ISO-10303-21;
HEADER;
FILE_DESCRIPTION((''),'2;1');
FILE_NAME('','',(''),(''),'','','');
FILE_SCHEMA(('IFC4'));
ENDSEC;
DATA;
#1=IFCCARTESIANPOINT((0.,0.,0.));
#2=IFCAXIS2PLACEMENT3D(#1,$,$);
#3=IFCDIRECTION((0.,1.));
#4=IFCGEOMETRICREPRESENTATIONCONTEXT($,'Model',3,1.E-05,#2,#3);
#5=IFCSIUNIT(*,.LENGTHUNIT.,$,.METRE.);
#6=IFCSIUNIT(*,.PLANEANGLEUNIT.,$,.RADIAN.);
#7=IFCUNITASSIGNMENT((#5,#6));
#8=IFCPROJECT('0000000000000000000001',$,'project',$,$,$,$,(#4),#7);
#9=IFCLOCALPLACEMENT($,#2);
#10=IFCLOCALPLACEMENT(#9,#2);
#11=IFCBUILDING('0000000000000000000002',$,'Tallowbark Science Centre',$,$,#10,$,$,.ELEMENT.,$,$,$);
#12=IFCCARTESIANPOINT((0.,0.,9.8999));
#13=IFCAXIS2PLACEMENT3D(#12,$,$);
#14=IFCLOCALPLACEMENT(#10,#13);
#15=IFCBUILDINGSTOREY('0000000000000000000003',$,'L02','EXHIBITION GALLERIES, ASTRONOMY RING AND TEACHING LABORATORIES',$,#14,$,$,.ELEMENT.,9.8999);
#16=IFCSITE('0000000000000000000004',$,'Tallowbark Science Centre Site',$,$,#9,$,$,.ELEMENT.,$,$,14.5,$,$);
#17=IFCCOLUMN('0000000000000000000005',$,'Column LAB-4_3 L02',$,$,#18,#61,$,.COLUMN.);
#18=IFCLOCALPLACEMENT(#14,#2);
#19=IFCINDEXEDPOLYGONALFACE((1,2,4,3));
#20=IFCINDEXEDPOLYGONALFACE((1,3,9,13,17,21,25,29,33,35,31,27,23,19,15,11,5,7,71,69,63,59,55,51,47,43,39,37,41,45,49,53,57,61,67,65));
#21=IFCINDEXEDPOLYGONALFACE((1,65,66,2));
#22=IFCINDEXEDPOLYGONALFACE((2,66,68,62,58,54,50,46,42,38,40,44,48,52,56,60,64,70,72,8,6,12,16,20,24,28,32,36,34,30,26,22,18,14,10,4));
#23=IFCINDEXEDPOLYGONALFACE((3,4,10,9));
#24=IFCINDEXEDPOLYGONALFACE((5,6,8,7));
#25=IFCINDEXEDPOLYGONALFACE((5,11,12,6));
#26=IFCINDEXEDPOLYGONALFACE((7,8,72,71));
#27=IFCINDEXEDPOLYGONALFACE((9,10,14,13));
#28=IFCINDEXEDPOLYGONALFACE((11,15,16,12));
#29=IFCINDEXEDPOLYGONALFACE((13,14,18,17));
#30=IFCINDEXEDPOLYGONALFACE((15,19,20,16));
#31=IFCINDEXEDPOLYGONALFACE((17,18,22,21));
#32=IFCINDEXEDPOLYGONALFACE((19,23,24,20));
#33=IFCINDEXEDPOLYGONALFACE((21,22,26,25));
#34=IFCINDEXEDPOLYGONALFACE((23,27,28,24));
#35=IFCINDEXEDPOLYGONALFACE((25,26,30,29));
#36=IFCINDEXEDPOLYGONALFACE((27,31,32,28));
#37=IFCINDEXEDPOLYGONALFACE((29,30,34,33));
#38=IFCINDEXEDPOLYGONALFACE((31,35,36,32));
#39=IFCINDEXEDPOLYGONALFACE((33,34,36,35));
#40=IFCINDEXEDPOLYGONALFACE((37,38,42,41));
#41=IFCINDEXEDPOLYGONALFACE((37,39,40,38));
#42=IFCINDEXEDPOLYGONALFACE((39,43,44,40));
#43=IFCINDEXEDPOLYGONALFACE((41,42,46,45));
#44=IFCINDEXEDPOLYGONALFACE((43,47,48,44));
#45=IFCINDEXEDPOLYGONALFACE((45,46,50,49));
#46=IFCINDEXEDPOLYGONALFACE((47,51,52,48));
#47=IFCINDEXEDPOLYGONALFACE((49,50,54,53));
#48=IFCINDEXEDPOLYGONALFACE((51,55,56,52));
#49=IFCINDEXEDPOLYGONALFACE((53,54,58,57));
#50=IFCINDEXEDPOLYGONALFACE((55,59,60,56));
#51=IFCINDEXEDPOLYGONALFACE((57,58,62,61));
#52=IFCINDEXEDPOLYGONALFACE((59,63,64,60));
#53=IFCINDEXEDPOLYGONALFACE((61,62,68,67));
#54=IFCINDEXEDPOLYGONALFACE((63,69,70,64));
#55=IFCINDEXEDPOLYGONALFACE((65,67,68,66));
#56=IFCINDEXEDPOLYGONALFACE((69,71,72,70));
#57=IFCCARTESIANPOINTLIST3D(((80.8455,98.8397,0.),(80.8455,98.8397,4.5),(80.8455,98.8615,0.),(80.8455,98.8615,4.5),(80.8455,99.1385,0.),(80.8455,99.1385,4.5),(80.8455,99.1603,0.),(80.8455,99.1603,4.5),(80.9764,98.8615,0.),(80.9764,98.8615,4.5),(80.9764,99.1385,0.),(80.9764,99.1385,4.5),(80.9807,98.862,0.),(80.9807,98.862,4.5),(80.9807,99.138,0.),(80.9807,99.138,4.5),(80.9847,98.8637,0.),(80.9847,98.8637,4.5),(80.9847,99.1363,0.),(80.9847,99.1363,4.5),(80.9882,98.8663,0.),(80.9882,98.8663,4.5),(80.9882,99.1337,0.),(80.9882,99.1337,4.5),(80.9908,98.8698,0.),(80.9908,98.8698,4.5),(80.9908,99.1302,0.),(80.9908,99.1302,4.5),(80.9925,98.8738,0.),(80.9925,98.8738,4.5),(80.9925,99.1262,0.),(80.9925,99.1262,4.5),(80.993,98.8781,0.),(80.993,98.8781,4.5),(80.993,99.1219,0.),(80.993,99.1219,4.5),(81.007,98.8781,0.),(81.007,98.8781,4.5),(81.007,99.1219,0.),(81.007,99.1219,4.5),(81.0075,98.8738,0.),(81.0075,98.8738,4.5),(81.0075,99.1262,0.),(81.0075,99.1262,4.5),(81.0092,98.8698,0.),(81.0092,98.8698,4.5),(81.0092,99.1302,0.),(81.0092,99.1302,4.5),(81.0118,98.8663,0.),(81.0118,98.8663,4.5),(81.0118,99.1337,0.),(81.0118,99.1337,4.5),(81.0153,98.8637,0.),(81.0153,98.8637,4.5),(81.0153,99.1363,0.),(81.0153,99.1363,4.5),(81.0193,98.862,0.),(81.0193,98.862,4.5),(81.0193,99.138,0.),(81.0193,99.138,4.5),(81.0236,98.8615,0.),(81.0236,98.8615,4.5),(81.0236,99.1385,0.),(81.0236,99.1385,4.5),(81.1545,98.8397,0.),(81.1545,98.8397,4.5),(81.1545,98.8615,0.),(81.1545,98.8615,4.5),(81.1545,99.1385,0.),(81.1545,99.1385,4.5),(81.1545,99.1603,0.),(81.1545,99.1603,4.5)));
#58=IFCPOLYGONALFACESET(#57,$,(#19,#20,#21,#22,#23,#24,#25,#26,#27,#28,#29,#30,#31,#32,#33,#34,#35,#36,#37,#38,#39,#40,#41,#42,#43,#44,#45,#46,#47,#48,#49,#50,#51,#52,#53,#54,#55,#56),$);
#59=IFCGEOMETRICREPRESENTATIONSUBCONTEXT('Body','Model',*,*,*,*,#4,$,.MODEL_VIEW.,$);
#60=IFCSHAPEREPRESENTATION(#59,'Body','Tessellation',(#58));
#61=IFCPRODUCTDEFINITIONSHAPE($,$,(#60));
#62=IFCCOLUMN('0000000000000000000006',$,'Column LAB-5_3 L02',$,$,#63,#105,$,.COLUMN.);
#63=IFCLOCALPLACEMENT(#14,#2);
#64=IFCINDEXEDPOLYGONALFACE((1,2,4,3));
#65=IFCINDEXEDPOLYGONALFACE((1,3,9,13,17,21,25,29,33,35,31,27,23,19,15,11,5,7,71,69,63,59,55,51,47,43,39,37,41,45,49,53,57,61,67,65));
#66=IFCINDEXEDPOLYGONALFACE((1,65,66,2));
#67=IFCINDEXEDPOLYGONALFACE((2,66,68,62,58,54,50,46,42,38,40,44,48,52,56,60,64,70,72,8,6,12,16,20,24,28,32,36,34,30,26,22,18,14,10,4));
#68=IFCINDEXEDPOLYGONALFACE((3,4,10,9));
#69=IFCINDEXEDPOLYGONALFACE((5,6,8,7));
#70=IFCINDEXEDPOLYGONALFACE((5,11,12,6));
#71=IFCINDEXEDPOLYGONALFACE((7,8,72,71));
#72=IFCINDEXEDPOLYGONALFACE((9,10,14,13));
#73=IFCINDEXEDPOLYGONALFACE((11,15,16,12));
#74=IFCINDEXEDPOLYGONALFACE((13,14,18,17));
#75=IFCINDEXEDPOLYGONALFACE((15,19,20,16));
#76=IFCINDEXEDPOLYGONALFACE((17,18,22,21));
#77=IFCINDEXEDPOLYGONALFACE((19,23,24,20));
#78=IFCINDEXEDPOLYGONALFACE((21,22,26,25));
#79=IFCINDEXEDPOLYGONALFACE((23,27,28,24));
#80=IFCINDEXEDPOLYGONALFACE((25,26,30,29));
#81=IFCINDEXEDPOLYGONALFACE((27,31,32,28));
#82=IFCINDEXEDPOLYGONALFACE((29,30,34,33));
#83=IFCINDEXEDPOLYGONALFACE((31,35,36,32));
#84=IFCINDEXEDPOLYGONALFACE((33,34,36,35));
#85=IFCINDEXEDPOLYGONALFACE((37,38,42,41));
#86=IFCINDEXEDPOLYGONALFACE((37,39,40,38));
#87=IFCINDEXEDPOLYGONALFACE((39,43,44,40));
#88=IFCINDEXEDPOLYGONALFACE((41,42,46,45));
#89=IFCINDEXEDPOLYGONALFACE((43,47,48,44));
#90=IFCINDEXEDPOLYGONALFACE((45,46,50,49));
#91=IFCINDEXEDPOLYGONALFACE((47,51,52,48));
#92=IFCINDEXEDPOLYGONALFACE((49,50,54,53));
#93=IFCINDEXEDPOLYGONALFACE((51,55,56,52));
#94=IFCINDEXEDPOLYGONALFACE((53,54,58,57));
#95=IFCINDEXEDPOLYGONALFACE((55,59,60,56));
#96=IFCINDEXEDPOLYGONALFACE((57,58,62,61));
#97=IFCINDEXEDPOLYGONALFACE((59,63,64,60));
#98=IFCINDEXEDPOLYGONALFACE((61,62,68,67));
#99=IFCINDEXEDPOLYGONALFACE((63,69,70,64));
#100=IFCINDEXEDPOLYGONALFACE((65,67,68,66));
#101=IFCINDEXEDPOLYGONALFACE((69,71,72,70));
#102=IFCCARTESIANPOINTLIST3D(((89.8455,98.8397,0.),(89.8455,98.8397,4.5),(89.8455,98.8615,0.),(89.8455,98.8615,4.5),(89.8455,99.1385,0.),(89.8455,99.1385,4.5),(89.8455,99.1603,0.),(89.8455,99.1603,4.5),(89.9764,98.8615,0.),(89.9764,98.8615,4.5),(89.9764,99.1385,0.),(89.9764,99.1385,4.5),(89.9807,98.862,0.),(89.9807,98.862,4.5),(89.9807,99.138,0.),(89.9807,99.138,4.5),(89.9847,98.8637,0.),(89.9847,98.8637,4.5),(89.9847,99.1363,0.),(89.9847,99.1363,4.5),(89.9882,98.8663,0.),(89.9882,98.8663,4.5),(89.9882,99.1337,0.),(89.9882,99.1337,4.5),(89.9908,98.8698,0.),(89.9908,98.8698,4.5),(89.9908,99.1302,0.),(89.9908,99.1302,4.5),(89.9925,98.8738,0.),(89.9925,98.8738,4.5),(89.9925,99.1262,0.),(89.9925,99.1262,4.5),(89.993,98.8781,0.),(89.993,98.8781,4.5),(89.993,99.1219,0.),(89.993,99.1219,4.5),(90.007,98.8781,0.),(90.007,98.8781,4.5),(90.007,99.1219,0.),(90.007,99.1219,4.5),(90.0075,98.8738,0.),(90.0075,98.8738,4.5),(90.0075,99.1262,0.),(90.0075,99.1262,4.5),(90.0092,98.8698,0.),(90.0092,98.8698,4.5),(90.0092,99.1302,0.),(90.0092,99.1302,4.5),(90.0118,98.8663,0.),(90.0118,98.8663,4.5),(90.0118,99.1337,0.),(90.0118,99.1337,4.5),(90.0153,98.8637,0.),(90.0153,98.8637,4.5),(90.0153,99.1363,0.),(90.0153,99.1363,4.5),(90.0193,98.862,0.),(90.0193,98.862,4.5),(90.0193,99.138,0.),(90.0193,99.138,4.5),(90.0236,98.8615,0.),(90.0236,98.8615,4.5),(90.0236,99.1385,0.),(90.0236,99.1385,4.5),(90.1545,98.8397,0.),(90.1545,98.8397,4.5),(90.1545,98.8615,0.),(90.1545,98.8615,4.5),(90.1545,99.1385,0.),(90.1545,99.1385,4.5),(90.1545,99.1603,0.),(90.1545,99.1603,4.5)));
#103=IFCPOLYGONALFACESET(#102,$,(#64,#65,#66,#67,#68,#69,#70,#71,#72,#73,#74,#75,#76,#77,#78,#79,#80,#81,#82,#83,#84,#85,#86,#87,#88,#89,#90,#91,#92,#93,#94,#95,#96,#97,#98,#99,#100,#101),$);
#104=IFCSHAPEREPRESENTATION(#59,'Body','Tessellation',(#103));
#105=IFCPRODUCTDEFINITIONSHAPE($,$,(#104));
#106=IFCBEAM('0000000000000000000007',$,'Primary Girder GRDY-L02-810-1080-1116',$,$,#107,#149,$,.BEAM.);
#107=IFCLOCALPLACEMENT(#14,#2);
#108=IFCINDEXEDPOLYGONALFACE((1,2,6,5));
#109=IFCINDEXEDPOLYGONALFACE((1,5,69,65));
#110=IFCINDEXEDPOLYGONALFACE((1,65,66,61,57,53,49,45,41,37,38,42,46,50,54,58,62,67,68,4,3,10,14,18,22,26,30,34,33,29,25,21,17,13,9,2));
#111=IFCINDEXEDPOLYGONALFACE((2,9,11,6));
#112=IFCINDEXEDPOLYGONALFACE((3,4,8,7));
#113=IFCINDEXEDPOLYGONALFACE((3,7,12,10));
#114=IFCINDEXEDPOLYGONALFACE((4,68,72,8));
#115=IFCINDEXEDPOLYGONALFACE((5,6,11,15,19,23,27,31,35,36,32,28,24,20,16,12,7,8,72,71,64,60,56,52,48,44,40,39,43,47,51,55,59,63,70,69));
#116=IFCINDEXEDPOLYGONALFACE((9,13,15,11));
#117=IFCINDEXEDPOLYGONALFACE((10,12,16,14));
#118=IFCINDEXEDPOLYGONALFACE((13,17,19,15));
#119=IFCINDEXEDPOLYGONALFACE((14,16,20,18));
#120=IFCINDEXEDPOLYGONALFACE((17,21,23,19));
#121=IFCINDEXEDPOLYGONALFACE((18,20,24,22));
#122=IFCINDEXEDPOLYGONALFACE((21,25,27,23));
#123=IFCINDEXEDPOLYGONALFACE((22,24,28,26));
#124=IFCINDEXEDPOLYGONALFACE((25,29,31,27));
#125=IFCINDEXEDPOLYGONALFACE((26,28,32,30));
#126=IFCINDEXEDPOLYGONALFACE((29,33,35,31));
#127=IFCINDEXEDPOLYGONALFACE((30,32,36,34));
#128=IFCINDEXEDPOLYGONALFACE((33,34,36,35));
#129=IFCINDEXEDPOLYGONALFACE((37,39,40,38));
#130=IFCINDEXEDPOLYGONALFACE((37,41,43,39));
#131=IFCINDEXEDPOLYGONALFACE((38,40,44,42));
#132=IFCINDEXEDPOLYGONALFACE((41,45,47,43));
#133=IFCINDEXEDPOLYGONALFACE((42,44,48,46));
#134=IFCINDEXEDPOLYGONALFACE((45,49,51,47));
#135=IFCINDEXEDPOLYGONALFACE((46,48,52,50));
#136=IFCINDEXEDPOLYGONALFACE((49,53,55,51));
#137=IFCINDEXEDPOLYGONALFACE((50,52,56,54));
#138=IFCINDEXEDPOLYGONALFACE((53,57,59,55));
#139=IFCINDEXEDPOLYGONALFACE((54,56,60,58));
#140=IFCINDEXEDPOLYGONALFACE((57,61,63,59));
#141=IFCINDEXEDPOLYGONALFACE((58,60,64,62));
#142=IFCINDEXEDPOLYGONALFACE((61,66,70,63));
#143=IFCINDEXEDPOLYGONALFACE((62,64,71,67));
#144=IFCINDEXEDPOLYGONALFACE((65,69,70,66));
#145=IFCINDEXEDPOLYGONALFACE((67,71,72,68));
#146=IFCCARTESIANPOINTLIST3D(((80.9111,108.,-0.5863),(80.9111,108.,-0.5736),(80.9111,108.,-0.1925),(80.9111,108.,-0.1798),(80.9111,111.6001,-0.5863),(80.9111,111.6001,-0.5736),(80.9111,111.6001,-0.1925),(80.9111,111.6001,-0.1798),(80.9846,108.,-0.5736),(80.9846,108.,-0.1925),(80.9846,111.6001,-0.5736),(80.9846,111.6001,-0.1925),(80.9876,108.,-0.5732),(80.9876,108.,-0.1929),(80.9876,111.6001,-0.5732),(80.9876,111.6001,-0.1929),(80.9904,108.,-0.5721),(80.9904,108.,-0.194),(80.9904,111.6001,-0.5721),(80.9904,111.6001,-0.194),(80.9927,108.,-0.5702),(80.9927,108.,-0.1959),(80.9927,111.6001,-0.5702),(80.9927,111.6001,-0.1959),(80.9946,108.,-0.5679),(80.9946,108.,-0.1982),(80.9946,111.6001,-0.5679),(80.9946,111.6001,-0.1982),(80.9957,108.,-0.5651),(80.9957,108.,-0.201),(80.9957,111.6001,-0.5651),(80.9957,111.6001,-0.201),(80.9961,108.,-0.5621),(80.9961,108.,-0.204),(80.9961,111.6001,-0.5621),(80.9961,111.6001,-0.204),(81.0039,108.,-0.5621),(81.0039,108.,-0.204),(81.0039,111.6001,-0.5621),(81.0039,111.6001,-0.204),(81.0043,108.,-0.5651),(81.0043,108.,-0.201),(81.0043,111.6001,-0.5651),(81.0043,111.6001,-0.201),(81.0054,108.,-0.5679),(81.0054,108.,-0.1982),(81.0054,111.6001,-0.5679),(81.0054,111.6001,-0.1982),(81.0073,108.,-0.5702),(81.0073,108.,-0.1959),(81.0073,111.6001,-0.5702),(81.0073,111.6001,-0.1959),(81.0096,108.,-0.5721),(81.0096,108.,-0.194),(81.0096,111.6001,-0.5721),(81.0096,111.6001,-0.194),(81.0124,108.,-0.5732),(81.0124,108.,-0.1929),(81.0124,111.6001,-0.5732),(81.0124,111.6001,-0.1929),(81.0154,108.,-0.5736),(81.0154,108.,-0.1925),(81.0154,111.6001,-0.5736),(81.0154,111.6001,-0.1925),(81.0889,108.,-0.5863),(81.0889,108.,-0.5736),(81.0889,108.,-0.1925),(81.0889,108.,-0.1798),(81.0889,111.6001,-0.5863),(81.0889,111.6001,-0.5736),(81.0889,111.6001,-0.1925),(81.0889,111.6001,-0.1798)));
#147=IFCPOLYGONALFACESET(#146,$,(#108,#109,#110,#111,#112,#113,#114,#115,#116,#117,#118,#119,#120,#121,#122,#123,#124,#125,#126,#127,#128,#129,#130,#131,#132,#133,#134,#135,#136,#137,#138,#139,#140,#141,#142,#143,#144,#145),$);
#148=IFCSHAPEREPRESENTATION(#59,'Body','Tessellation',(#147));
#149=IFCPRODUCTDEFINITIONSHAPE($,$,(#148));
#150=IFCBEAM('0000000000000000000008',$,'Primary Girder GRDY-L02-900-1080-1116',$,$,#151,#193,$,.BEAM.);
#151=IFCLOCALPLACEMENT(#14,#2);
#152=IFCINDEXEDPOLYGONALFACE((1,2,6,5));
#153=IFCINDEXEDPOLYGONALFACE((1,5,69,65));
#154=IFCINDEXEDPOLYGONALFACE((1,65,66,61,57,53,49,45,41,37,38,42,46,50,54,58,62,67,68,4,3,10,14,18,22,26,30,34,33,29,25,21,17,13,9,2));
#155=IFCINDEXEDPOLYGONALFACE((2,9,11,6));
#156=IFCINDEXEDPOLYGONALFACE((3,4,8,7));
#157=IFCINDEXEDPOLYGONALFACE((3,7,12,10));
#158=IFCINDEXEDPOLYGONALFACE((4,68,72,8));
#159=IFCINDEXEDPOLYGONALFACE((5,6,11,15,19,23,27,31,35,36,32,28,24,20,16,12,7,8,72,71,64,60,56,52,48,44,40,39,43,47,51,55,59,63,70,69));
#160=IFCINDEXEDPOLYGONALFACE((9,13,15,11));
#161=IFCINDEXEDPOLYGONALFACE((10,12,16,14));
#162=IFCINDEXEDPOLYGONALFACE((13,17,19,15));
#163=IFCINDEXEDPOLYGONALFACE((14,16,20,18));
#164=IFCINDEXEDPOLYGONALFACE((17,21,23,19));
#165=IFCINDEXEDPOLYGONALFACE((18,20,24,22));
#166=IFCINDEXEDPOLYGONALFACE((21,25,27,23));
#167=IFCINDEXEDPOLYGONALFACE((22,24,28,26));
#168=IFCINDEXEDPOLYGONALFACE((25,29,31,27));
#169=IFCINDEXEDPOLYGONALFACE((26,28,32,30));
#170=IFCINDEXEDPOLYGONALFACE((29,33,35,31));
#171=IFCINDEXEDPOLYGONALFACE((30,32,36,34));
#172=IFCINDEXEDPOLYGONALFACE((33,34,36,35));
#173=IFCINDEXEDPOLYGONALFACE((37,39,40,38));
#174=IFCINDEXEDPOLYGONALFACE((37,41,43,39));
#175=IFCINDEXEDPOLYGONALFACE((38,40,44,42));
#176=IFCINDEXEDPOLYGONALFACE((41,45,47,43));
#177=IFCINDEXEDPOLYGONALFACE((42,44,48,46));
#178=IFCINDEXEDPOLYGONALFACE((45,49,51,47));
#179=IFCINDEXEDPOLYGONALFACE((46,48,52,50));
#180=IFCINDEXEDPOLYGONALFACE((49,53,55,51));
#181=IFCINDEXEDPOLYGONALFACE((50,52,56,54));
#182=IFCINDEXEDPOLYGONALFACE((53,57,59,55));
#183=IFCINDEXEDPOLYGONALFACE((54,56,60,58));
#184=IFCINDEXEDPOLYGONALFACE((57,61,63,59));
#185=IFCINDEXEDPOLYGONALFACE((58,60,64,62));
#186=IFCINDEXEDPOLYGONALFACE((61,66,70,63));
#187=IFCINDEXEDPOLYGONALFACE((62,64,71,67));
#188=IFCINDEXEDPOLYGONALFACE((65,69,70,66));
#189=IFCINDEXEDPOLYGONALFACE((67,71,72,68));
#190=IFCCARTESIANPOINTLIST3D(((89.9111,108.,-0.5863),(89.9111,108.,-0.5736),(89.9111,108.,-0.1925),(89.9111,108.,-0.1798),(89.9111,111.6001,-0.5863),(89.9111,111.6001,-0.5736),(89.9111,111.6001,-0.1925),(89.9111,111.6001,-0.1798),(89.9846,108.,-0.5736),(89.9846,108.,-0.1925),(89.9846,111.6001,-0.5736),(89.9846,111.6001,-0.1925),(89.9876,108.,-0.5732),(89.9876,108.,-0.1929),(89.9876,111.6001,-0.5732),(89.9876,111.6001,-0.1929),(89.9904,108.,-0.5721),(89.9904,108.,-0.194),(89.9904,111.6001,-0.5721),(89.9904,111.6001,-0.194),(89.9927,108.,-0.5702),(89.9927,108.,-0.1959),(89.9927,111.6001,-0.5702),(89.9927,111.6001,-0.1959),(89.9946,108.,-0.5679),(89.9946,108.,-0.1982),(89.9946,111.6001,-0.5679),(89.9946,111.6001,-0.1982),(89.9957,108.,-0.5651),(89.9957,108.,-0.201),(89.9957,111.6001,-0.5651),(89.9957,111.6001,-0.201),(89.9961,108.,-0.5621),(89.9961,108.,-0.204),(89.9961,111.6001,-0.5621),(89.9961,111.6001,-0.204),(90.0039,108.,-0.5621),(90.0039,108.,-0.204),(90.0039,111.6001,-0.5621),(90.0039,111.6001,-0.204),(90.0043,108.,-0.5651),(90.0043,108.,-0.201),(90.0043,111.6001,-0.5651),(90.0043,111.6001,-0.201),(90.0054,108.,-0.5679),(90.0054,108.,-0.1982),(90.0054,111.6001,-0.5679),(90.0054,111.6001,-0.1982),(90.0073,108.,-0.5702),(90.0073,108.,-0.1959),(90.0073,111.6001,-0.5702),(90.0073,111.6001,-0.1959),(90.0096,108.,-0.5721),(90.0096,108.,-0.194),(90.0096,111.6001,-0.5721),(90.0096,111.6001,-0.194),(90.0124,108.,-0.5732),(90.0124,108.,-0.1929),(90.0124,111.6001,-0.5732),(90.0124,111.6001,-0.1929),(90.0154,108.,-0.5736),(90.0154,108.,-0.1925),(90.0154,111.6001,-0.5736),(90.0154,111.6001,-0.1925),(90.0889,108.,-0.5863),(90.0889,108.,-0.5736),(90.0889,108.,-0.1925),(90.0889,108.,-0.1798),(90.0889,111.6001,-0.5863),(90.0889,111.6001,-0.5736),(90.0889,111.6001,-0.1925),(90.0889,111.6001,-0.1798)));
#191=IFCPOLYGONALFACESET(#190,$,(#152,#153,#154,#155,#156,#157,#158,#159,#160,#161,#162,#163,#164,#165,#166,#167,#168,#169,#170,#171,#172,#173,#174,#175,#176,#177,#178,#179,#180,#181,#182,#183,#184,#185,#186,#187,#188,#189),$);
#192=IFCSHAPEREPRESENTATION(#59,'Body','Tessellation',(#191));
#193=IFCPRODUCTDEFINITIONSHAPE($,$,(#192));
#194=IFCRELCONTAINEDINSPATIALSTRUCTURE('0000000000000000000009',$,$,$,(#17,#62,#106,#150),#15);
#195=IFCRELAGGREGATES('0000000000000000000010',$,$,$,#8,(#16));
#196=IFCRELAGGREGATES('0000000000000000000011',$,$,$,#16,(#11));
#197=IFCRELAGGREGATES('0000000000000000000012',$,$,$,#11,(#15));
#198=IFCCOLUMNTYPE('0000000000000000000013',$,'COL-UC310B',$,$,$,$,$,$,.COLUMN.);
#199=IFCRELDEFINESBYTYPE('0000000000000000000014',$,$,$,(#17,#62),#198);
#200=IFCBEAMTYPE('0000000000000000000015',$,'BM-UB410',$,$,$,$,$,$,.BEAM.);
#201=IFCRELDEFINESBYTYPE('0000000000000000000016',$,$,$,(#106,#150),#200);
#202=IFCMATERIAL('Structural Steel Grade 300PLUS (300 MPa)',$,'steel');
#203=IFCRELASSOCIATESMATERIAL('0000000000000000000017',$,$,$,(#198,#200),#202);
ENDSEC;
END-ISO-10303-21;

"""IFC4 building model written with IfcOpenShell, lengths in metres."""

from ifc_helpers import new_model, si_unit, direction, frame, origin, origin_2d, place, context, subcontext, project, spatial, i_section, extrude, material, material_profile, profile_set, type_object, element, save


model = new_model("IFC4")

# Units and contexts
model_context = context("Model", 3, precision=1e-05, world=origin(), true_north=direction((0.0, 1.0)))
body_context = subcontext(model_context, "Body", "Model", "MODEL_VIEW")
ifc_project = project(units=[si_unit("LENGTHUNIT", "METRE"), si_unit("PLANEANGLEUNIT", "RADIAN")], contexts=[model_context])

# Site, building, storey
site_placement = place(None, origin())
site = spatial("IfcSite", under=ifc_project, at=site_placement, Name="Tallowbark Science Centre Site", CompositionType="ELEMENT", RefElevation=14.5)
building_placement = place(site_placement, origin())
building = spatial("IfcBuilding", under=site, at=building_placement, Name="Tallowbark Science Centre", CompositionType="ELEMENT")
storey_placement = place(building_placement, frame((0.0, 0.0, 9.8999)))
storey = spatial("IfcBuildingStorey", under=building, at=storey_placement, Name="L02", Description="EXHIBITION GALLERIES, ASTRONOMY RING AND TEACHING LABORATORIES", CompositionType="ELEMENT", Elevation=9.8999)

# Columns
ifc_material_1 = material(Name="Structural Steel Grade 300PLUS (300 MPa)", Category="steel")
ifc_material_profile_1 = material_profile(ifc_material_1, i_section(OverallWidth=0.3091, OverallDepth=0.3206, WebThickness=0.0139, FlangeThickness=0.0217, FilletRadius=0.0166, at=origin_2d()), Name="310UC137")
ifc_profile_set_1 = profile_set([ifc_material_profile_1], Name="Structural Steel Grade 300PLUS (300 MPa)")
column_type = type_object("IfcColumnType", Name="COL-UC310B", PredefinedType="COLUMN", material=ifc_profile_set_1)
for number, where, z_axis, x_axis, name in (
    (1, (81.0, 99.0, 0.0), (0.0, 0.0, 1.0), (1.0, 0.0, 0.0), "Column LAB-4_3 L02"),
    (2, (90.0, 99.0, 0.0), (0.0, 0.0, 1.0), (1.0, 0.0, 0.0), "Column LAB-5_3 L02"),
):
    element("IfcColumn", number, at=place(storey_placement, frame(where, z_axis=z_axis, x_axis=x_axis)), inside=storey, type_object=column_type, Name=name, PredefinedType="COLUMN", context=body_context, shape_type="SweptSolid", body=[
        extrude(i_section(OverallWidth=0.3091, OverallDepth=0.3206, WebThickness=0.0139, FlangeThickness=0.0217, FilletRadius=0.0166, at=origin_2d()), origin(), (0.0, 0.0, 1.0), 4.5),
    ])

# Beams
ifc_material_profile_2 = material_profile(ifc_material_1, i_section(OverallWidth=0.1777, OverallDepth=0.4065, WebThickness=0.0078, FlangeThickness=0.0127, FilletRadius=0.0115, at=origin_2d()), Name="410UB59.7")
ifc_profile_set_2 = profile_set([ifc_material_profile_2], Name="Structural Steel Grade 300PLUS (300 MPa)")
beam_type_1 = type_object("IfcBeamType", Name="BM-UB410", PredefinedType="BEAM", material=ifc_profile_set_2)
for number, where, z_axis, x_axis, name in (
    (3, (81.0, 108.0, -0.3831), (0.0, 1.0, 0.0), (-1.0, 0.0, 0.0), "Primary Girder GRDY-L02-810-1080-1116"),
    (4, (90.0, 108.0, -0.3831), (0.0, 1.0, 0.0), (-1.0, 0.0, 0.0), "Primary Girder GRDY-L02-900-1080-1116"),
):
    element("IfcBeam", number, at=place(storey_placement, frame(where, z_axis=z_axis, x_axis=x_axis)), inside=storey, type_object=beam_type_1, Name=name, PredefinedType="BEAM", context=body_context, shape_type="SweptSolid", body=[
        extrude(i_section(OverallWidth=0.1777, OverallDepth=0.4065, WebThickness=0.0078, FlangeThickness=0.0127, FilletRadius=0.0115, at=origin_2d()), origin(), (0.0, 0.0, 1.0), 3.6001),
    ])

save(model, "model.ifc")
